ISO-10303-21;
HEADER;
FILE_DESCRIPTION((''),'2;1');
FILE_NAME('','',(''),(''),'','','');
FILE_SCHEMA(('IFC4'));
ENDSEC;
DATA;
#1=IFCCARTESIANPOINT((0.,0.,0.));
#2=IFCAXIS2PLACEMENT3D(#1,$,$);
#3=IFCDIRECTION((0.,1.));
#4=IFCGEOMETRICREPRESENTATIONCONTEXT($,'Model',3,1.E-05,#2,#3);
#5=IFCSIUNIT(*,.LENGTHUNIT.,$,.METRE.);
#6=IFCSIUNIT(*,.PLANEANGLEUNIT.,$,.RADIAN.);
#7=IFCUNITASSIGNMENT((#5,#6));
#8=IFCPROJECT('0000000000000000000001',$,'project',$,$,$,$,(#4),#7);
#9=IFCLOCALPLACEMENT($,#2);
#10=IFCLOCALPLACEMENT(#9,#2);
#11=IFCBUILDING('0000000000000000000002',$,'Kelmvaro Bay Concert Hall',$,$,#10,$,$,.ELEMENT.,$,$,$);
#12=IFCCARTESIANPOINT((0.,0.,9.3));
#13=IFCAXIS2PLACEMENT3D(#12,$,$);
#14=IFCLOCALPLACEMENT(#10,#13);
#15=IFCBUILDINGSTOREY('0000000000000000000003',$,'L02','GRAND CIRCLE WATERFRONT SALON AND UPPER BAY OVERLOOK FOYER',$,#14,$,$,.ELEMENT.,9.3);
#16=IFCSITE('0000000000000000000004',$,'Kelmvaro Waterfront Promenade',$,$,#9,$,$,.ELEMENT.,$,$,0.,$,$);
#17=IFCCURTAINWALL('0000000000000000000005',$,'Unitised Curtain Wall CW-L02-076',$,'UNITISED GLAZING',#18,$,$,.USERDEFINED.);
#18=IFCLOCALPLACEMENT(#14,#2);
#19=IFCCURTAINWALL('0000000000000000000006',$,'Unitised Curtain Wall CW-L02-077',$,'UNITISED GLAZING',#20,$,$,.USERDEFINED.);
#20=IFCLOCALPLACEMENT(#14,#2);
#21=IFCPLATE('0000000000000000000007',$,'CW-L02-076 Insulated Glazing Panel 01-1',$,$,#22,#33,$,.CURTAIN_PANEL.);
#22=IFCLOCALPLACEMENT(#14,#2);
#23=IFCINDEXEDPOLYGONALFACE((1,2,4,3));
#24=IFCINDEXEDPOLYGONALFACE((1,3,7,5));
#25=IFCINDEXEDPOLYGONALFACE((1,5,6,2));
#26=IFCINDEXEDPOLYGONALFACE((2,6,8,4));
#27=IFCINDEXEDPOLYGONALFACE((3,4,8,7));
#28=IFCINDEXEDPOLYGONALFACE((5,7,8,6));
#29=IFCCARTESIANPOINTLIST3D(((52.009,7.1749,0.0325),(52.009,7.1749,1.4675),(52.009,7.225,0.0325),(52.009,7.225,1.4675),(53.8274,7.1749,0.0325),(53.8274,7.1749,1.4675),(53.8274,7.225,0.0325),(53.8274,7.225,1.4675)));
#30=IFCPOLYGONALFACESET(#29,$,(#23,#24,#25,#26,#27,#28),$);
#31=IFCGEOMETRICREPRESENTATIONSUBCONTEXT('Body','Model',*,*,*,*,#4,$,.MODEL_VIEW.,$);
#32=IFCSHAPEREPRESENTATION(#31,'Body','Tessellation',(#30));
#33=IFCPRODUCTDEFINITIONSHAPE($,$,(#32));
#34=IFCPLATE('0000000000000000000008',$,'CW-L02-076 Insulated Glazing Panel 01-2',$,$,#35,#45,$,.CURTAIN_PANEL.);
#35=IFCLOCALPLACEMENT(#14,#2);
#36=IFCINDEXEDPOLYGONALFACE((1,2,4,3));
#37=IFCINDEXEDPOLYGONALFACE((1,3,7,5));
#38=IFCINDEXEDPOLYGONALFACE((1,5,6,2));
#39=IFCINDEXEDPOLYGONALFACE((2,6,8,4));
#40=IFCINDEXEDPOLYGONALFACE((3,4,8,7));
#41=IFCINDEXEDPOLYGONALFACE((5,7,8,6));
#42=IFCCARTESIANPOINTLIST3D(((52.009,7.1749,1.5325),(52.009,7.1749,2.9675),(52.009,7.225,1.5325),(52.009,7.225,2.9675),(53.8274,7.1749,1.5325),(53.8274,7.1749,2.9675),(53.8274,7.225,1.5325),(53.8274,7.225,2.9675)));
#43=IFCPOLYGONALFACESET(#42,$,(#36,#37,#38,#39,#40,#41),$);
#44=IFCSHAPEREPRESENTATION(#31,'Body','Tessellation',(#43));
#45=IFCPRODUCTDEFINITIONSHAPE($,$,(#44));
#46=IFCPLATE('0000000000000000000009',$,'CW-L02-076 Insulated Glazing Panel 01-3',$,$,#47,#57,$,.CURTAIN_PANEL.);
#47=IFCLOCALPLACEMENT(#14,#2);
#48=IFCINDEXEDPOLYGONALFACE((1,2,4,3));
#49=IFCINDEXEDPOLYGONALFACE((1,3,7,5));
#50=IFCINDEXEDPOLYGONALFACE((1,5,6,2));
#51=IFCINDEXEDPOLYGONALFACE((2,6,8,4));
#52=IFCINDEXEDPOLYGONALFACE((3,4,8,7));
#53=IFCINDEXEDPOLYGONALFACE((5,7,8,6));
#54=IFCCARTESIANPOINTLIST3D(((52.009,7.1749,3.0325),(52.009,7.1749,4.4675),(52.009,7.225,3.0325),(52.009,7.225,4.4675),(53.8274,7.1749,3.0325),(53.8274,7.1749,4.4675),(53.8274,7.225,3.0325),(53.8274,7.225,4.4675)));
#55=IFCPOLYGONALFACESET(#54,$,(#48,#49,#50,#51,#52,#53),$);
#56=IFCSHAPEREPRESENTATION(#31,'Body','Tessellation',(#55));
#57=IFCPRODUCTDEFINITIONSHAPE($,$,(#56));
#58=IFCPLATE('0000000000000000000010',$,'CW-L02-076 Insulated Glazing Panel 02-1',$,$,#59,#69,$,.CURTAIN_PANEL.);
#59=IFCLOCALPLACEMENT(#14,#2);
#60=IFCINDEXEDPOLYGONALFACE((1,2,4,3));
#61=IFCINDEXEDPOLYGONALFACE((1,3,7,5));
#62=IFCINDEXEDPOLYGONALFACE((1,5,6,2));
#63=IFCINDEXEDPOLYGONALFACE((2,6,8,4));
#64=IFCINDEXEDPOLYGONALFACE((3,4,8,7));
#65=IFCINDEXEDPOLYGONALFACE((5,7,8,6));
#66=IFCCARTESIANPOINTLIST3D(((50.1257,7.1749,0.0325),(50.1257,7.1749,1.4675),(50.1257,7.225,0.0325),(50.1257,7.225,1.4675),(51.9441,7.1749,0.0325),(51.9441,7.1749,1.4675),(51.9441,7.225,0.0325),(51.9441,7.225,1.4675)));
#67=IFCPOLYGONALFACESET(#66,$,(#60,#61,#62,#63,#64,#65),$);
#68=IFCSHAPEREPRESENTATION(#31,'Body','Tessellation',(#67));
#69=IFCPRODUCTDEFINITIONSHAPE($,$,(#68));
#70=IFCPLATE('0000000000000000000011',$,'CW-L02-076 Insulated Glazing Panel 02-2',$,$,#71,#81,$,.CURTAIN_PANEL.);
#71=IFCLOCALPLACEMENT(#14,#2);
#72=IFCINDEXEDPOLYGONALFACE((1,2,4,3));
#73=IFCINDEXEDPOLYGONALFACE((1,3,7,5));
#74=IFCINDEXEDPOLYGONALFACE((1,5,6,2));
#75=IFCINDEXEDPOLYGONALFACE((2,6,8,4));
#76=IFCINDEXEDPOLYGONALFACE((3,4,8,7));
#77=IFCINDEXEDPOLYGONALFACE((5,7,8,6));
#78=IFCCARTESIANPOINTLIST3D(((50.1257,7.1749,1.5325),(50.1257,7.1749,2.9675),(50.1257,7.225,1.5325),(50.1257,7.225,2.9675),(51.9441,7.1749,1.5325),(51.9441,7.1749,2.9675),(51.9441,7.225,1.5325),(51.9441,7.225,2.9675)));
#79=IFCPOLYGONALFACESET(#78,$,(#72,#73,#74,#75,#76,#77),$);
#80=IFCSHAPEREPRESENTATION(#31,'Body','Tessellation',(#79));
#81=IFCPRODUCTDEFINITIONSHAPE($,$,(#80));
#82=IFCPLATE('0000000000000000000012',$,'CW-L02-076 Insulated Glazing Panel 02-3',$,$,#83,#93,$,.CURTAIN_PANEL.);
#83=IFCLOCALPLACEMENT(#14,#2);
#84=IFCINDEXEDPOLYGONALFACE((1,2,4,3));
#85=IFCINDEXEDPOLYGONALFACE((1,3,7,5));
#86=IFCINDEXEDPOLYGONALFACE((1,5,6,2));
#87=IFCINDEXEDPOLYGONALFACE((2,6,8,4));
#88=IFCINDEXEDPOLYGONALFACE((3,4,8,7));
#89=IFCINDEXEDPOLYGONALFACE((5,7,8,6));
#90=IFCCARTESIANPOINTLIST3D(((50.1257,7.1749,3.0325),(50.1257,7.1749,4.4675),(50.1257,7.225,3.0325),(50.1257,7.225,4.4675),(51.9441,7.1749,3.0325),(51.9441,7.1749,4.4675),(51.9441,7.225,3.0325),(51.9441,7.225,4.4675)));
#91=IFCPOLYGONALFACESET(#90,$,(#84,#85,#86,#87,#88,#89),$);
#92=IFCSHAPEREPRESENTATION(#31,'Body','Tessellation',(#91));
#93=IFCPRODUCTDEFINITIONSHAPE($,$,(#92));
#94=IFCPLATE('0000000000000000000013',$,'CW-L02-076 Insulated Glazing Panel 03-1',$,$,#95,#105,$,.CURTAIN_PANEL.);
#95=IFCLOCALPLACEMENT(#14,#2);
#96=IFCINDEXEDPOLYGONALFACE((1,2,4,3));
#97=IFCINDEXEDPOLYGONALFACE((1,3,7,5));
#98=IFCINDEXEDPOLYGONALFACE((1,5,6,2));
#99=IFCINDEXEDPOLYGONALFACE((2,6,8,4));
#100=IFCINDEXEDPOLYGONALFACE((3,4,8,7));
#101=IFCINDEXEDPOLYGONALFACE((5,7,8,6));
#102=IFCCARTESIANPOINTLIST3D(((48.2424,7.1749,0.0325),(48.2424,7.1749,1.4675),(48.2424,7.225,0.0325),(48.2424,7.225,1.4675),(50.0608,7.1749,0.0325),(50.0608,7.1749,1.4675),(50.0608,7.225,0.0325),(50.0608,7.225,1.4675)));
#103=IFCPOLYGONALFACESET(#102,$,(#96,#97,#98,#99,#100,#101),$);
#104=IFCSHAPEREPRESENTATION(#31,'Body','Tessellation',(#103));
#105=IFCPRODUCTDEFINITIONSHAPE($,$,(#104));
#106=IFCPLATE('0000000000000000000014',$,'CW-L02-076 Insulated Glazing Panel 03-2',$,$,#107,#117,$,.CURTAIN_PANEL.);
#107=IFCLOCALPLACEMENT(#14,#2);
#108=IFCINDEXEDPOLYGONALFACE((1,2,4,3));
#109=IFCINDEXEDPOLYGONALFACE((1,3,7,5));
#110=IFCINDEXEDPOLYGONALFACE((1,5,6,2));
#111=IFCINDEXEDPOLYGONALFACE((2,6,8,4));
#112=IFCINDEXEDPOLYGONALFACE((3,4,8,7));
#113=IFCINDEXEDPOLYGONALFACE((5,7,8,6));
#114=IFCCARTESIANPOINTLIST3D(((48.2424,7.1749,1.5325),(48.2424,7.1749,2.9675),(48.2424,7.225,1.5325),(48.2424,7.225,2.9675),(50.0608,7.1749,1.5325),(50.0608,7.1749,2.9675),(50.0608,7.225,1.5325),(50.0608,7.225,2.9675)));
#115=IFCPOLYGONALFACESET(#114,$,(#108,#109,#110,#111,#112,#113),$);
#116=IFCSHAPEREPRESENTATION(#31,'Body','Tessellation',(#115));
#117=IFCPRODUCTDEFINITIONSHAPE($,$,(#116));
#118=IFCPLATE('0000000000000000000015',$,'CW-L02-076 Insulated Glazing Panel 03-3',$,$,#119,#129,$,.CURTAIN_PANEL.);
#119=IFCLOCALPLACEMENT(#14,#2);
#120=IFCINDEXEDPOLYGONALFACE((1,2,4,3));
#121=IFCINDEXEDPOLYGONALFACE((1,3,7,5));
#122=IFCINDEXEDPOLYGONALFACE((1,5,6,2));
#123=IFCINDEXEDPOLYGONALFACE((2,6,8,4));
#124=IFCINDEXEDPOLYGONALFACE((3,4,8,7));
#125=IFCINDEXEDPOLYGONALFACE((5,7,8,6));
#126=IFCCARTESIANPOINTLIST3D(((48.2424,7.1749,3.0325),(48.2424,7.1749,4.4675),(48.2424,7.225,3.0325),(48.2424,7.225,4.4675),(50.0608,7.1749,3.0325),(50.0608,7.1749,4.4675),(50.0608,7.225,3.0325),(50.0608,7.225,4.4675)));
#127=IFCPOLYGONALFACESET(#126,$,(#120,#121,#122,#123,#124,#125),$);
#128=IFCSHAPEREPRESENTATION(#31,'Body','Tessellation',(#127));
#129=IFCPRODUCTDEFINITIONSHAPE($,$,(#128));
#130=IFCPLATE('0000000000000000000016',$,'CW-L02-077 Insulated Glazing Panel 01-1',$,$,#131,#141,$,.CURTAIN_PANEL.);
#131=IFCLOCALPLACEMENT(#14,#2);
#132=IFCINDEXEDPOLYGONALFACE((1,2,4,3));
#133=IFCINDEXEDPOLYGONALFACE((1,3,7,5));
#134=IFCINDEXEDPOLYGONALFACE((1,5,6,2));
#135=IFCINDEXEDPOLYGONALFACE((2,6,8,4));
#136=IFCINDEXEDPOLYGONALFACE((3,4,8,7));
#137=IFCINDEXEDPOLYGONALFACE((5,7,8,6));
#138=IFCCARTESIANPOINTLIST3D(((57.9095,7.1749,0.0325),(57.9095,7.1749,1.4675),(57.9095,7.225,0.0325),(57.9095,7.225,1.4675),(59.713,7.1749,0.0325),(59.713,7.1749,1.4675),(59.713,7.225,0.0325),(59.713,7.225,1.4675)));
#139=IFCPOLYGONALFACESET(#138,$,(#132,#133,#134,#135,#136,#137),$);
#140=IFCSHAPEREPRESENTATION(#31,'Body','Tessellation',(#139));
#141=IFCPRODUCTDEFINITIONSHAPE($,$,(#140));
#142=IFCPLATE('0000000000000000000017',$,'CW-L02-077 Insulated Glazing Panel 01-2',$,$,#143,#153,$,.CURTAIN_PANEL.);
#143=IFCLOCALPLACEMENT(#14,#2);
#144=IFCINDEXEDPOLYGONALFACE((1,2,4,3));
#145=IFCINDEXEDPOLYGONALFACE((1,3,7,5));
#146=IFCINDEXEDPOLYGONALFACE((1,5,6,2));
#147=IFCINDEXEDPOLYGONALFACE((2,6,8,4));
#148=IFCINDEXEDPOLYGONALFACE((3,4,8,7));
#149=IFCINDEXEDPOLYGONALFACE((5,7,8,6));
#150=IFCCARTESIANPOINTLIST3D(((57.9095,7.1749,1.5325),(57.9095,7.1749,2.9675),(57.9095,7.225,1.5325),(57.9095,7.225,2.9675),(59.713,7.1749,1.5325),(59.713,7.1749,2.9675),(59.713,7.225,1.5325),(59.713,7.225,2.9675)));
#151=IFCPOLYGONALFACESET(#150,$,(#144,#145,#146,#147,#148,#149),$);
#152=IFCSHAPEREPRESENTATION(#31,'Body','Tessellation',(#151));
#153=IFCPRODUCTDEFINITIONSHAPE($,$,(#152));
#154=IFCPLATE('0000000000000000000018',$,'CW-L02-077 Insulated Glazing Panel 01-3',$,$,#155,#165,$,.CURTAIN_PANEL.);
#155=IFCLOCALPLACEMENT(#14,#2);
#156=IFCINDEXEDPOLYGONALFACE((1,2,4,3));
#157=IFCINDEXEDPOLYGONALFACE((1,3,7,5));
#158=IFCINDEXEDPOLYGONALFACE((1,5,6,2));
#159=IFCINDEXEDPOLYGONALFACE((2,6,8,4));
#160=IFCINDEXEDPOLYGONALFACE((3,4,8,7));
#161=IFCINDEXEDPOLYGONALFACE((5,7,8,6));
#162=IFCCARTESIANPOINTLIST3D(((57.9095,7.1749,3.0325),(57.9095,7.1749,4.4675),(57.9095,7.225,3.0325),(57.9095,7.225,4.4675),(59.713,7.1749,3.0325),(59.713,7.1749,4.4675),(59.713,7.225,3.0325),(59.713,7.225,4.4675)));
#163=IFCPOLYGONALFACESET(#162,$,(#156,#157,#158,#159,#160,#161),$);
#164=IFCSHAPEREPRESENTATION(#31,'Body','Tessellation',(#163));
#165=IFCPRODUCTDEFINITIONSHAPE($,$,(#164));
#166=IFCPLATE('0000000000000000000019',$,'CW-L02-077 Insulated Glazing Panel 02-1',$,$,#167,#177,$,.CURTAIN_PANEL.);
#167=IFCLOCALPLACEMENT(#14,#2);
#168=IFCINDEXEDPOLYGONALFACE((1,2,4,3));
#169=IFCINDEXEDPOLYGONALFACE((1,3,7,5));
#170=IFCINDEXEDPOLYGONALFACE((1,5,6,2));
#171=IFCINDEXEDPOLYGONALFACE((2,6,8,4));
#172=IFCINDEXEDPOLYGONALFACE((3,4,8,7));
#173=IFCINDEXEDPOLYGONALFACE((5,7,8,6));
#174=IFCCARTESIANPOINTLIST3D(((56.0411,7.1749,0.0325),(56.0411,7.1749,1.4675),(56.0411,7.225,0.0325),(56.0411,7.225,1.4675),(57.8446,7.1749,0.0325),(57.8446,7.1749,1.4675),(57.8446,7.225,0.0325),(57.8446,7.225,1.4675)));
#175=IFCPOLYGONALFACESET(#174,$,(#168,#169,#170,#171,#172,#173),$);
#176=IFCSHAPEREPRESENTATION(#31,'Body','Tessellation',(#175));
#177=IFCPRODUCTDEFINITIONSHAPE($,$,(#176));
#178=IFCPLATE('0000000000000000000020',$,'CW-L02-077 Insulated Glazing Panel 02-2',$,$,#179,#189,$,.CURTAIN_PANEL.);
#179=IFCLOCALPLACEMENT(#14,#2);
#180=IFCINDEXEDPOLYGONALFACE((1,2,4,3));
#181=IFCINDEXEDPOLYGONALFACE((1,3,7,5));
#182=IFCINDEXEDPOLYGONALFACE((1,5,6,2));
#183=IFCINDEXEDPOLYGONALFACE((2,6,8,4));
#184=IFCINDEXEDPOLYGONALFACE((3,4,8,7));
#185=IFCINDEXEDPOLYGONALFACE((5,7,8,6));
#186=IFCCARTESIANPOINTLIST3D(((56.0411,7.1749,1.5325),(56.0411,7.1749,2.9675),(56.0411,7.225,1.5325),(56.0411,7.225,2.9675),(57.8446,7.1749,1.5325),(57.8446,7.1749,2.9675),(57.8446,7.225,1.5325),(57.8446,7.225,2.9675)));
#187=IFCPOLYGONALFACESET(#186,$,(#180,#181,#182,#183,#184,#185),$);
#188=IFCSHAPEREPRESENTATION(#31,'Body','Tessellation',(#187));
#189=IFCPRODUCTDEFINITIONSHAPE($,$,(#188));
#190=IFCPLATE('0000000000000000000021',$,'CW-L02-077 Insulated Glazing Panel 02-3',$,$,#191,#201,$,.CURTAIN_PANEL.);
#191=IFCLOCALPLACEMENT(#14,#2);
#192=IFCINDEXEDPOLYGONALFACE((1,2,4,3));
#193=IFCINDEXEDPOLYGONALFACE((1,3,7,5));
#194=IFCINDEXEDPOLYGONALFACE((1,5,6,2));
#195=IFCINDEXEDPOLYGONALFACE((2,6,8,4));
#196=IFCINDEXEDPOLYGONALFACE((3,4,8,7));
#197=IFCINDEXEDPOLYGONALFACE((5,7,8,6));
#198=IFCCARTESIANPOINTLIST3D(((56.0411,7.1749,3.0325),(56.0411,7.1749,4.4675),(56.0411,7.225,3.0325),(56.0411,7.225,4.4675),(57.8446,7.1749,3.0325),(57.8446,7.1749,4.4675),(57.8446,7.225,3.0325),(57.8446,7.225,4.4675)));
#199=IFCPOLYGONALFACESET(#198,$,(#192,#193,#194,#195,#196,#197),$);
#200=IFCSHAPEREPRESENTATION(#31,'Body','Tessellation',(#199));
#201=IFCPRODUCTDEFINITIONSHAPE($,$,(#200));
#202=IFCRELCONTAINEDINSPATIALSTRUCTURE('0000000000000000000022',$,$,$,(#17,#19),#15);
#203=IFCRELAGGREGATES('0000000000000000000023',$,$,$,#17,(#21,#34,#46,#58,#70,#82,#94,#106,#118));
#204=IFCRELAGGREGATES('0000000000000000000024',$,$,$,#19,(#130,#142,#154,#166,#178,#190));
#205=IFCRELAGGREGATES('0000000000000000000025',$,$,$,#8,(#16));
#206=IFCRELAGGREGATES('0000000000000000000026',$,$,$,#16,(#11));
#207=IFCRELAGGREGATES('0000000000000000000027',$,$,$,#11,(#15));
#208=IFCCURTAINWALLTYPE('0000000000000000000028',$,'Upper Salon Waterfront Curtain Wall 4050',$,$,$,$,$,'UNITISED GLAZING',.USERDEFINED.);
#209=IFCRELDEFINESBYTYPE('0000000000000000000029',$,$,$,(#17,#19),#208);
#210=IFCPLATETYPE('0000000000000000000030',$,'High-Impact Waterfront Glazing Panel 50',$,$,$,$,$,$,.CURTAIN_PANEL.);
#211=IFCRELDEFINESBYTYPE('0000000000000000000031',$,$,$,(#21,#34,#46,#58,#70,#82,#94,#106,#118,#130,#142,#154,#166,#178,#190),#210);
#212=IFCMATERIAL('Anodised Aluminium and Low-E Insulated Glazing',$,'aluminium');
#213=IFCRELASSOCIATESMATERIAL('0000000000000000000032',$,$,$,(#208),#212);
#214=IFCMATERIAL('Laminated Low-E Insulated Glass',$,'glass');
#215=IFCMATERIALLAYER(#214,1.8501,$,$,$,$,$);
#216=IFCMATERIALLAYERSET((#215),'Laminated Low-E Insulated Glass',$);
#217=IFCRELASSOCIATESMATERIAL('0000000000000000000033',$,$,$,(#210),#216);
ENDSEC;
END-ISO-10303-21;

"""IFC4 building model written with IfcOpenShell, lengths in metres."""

from ifc_helpers import new_model, si_unit, direction, frame, origin, origin_2d, place, context, subcontext, project, spatial, rectangle, extrude, material, layer, layer_set, type_object, element, aggregate, save


model = new_model("IFC4")

# Units and contexts
model_context = context("Model", 3, precision=1e-05, world=origin(), true_north=direction((0.0, 1.0)))
body_context = subcontext(model_context, "Body", "Model", "MODEL_VIEW")
ifc_project = project(units=[si_unit("LENGTHUNIT", "METRE"), si_unit("PLANEANGLEUNIT", "RADIAN")], contexts=[model_context])

# Site, building, storey
site_placement = place(None, origin())
site = spatial("IfcSite", under=ifc_project, at=site_placement, Name="Kelmvaro Waterfront Promenade", CompositionType="ELEMENT", RefElevation=0.0)
building_placement = place(site_placement, origin())
building = spatial("IfcBuilding", under=site, at=building_placement, Name="Kelmvaro Bay Concert Hall", CompositionType="ELEMENT")
storey_placement = place(building_placement, frame((0.0, 0.0, 9.3)))
storey = spatial("IfcBuildingStorey", under=building, at=storey_placement, Name="L02", Description="GRAND CIRCLE WATERFRONT SALON AND UPPER BAY OVERLOOK FOYER", CompositionType="ELEMENT", Elevation=9.3)

# Curtain walls
ifc_material_1 = material(Name="Anodised Aluminium and Low-E Insulated Glazing", Category="aluminium")
curtain_wall_type = type_object("IfcCurtainWallType", Name="Upper Salon Waterfront Curtain Wall 4050", ElementType="UNITISED GLAZING", PredefinedType="USERDEFINED", material=ifc_material_1)
curtain_wall_1_placement = place(storey_placement, origin())
curtain_wall_1 = element("IfcCurtainWall", 1, at=curtain_wall_1_placement, inside=storey, type_object=curtain_wall_type, Name="Unitised Curtain Wall CW-L02-076", ObjectType="UNITISED GLAZING", PredefinedType="USERDEFINED")
curtain_wall_2_placement = place(storey_placement, origin())
curtain_wall_2 = element("IfcCurtainWall", 2, at=curtain_wall_2_placement, inside=storey, type_object=curtain_wall_type, Name="Unitised Curtain Wall CW-L02-077", ObjectType="UNITISED GLAZING", PredefinedType="USERDEFINED")

# Plates
ifc_material_2 = material(Name="Laminated Low-E Insulated Glass", Category="glass")
ifc_layer_1 = layer(ifc_material_2, 1.8501)
ifc_layer_set_1 = layer_set([ifc_layer_1], Name="Laminated Low-E Insulated Glass")
plate_type = type_object("IfcPlateType", Name="High-Impact Waterfront Glazing Panel 50", PredefinedType="CURTAIN_PANEL", material=ifc_layer_set_1)
plate_1_placement = place(storey_placement, frame((52.9182, 7.2, 0.0325), z_axis=(0.0, 0.0, 1.0), x_axis=(-1.0, 0.0, 0.0)))
plate_1 = element("IfcPlate", 3, at=plate_1_placement, type_object=plate_type, Name="CW-L02-076 Insulated Glazing Panel 01-1", PredefinedType="CURTAIN_PANEL", context=body_context, shape_type="SweptSolid", body=[
    extrude(rectangle(XDim=1.8184, YDim=0.05, at=origin_2d()), origin(), (0.0, 0.0, 1.0), 1.4351),
])
plate_2_placement = place(storey_placement, frame((52.9182, 7.2, 1.5325), z_axis=(0.0, 0.0, 1.0), x_axis=(-1.0, 0.0, 0.0)))
plate_2 = element("IfcPlate", 4, at=plate_2_placement, type_object=plate_type, Name="CW-L02-076 Insulated Glazing Panel 01-2", PredefinedType="CURTAIN_PANEL", context=body_context, shape_type="SweptSolid", body=[
    extrude(rectangle(XDim=1.8184, YDim=0.05, at=origin_2d()), origin(), (0.0, 0.0, 1.0), 1.4351),
])
plate_3_placement = place(storey_placement, frame((52.9182, 7.2, 3.0325), z_axis=(0.0, 0.0, 1.0), x_axis=(-1.0, 0.0, 0.0)))
plate_3 = element("IfcPlate", 5, at=plate_3_placement, type_object=plate_type, Name="CW-L02-076 Insulated Glazing Panel 01-3", PredefinedType="CURTAIN_PANEL", context=body_context, shape_type="SweptSolid", body=[
    extrude(rectangle(XDim=1.8184, YDim=0.05, at=origin_2d()), origin(), (0.0, 0.0, 1.0), 1.4351),
])
plate_4_placement = place(storey_placement, frame((51.0349, 7.2, 0.0325), z_axis=(0.0, 0.0, 1.0), x_axis=(-1.0, 0.0, 0.0)))
plate_4 = element("IfcPlate", 6, at=plate_4_placement, type_object=plate_type, Name="CW-L02-076 Insulated Glazing Panel 02-1", PredefinedType="CURTAIN_PANEL", context=body_context, shape_type="SweptSolid", body=[
    extrude(rectangle(XDim=1.8184, YDim=0.05, at=origin_2d()), origin(), (0.0, 0.0, 1.0), 1.4351),
])
plate_5_placement = place(storey_placement, frame((51.0349, 7.2, 1.5325), z_axis=(0.0, 0.0, 1.0), x_axis=(-1.0, 0.0, 0.0)))
plate_5 = element("IfcPlate", 7, at=plate_5_placement, type_object=plate_type, Name="CW-L02-076 Insulated Glazing Panel 02-2", PredefinedType="CURTAIN_PANEL", context=body_context, shape_type="SweptSolid", body=[
    extrude(rectangle(XDim=1.8184, YDim=0.05, at=origin_2d()), origin(), (0.0, 0.0, 1.0), 1.4351),
])
plate_6_placement = place(storey_placement, frame((51.0349, 7.2, 3.0325), z_axis=(0.0, 0.0, 1.0), x_axis=(-1.0, 0.0, 0.0)))
plate_6 = element("IfcPlate", 8, at=plate_6_placement, type_object=plate_type, Name="CW-L02-076 Insulated Glazing Panel 02-3", PredefinedType="CURTAIN_PANEL", context=body_context, shape_type="SweptSolid", body=[
    extrude(rectangle(XDim=1.8184, YDim=0.05, at=origin_2d()), origin(), (0.0, 0.0, 1.0), 1.4351),
])
plate_7_placement = place(storey_placement, frame((49.1516, 7.2, 0.0325), z_axis=(0.0, 0.0, 1.0), x_axis=(-1.0, 0.0, 0.0)))
plate_7 = element("IfcPlate", 9, at=plate_7_placement, type_object=plate_type, Name="CW-L02-076 Insulated Glazing Panel 03-1", PredefinedType="CURTAIN_PANEL", context=body_context, shape_type="SweptSolid", body=[
    extrude(rectangle(XDim=1.8184, YDim=0.05, at=origin_2d()), origin(), (0.0, 0.0, 1.0), 1.4351),
])
plate_8_placement = place(storey_placement, frame((49.1516, 7.2, 1.5325), z_axis=(0.0, 0.0, 1.0), x_axis=(-1.0, 0.0, 0.0)))
plate_8 = element("IfcPlate", 10, at=plate_8_placement, type_object=plate_type, Name="CW-L02-076 Insulated Glazing Panel 03-2", PredefinedType="CURTAIN_PANEL", context=body_context, shape_type="SweptSolid", body=[
    extrude(rectangle(XDim=1.8184, YDim=0.05, at=origin_2d()), origin(), (0.0, 0.0, 1.0), 1.4351),
])
plate_9_placement = place(storey_placement, frame((49.1516, 7.2, 3.0325), z_axis=(0.0, 0.0, 1.0), x_axis=(-1.0, 0.0, 0.0)))
plate_9 = element("IfcPlate", 11, at=plate_9_placement, type_object=plate_type, Name="CW-L02-076 Insulated Glazing Panel 03-3", PredefinedType="CURTAIN_PANEL", context=body_context, shape_type="SweptSolid", body=[
    extrude(rectangle(XDim=1.8184, YDim=0.05, at=origin_2d()), origin(), (0.0, 0.0, 1.0), 1.4351),
])
aggregate(curtain_wall_1, [plate_1, plate_2, plate_3, plate_4, plate_5, plate_6, plate_7, plate_8, plate_9])
plate_10_placement = place(storey_placement, frame((58.8113, 7.2, 0.0325), z_axis=(0.0, 0.0, 1.0), x_axis=(-1.0, 0.0, 0.0)))
plate_10 = element("IfcPlate", 12, at=plate_10_placement, type_object=plate_type, Name="CW-L02-077 Insulated Glazing Panel 01-1", PredefinedType="CURTAIN_PANEL", context=body_context, shape_type="SweptSolid", body=[
    extrude(rectangle(XDim=1.8035, YDim=0.05, at=origin_2d()), origin(), (0.0, 0.0, 1.0), 1.4351),
])
plate_11_placement = place(storey_placement, frame((58.8113, 7.2, 1.5325), z_axis=(0.0, 0.0, 1.0), x_axis=(-1.0, 0.0, 0.0)))
plate_11 = element("IfcPlate", 13, at=plate_11_placement, type_object=plate_type, Name="CW-L02-077 Insulated Glazing Panel 01-2", PredefinedType="CURTAIN_PANEL", context=body_context, shape_type="SweptSolid", body=[
    extrude(rectangle(XDim=1.8035, YDim=0.05, at=origin_2d()), origin(), (0.0, 0.0, 1.0), 1.4351),
])
plate_12_placement = place(storey_placement, frame((58.8113, 7.2, 3.0325), z_axis=(0.0, 0.0, 1.0), x_axis=(-1.0, 0.0, 0.0)))
plate_12 = element("IfcPlate", 14, at=plate_12_placement, type_object=plate_type, Name="CW-L02-077 Insulated Glazing Panel 01-3", PredefinedType="CURTAIN_PANEL", context=body_context, shape_type="SweptSolid", body=[
    extrude(rectangle(XDim=1.8035, YDim=0.05, at=origin_2d()), origin(), (0.0, 0.0, 1.0), 1.4351),
])
plate_13_placement = place(storey_placement, frame((56.9429, 7.2, 0.0325), z_axis=(0.0, 0.0, 1.0), x_axis=(-1.0, 0.0, 0.0)))
plate_13 = element("IfcPlate", 15, at=plate_13_placement, type_object=plate_type, Name="CW-L02-077 Insulated Glazing Panel 02-1", PredefinedType="CURTAIN_PANEL", context=body_context, shape_type="SweptSolid", body=[
    extrude(rectangle(XDim=1.8035, YDim=0.05, at=origin_2d()), origin(), (0.0, 0.0, 1.0), 1.4351),
])
plate_14_placement = place(storey_placement, frame((56.9429, 7.2, 1.5325), z_axis=(0.0, 0.0, 1.0), x_axis=(-1.0, 0.0, 0.0)))
plate_14 = element("IfcPlate", 16, at=plate_14_placement, type_object=plate_type, Name="CW-L02-077 Insulated Glazing Panel 02-2", PredefinedType="CURTAIN_PANEL", context=body_context, shape_type="SweptSolid", body=[
    extrude(rectangle(XDim=1.8035, YDim=0.05, at=origin_2d()), origin(), (0.0, 0.0, 1.0), 1.4351),
])
plate_15_placement = place(storey_placement, frame((56.9429, 7.2, 3.0325), z_axis=(0.0, 0.0, 1.0), x_axis=(-1.0, 0.0, 0.0)))
plate_15 = element("IfcPlate", 17, at=plate_15_placement, type_object=plate_type, Name="CW-L02-077 Insulated Glazing Panel 02-3", PredefinedType="CURTAIN_PANEL", context=body_context, shape_type="SweptSolid", body=[
    extrude(rectangle(XDim=1.8035, YDim=0.05, at=origin_2d()), origin(), (0.0, 0.0, 1.0), 1.4351),
])
aggregate(curtain_wall_2, [plate_10, plate_11, plate_12, plate_13, plate_14, plate_15])

save(model, "model.ifc")
